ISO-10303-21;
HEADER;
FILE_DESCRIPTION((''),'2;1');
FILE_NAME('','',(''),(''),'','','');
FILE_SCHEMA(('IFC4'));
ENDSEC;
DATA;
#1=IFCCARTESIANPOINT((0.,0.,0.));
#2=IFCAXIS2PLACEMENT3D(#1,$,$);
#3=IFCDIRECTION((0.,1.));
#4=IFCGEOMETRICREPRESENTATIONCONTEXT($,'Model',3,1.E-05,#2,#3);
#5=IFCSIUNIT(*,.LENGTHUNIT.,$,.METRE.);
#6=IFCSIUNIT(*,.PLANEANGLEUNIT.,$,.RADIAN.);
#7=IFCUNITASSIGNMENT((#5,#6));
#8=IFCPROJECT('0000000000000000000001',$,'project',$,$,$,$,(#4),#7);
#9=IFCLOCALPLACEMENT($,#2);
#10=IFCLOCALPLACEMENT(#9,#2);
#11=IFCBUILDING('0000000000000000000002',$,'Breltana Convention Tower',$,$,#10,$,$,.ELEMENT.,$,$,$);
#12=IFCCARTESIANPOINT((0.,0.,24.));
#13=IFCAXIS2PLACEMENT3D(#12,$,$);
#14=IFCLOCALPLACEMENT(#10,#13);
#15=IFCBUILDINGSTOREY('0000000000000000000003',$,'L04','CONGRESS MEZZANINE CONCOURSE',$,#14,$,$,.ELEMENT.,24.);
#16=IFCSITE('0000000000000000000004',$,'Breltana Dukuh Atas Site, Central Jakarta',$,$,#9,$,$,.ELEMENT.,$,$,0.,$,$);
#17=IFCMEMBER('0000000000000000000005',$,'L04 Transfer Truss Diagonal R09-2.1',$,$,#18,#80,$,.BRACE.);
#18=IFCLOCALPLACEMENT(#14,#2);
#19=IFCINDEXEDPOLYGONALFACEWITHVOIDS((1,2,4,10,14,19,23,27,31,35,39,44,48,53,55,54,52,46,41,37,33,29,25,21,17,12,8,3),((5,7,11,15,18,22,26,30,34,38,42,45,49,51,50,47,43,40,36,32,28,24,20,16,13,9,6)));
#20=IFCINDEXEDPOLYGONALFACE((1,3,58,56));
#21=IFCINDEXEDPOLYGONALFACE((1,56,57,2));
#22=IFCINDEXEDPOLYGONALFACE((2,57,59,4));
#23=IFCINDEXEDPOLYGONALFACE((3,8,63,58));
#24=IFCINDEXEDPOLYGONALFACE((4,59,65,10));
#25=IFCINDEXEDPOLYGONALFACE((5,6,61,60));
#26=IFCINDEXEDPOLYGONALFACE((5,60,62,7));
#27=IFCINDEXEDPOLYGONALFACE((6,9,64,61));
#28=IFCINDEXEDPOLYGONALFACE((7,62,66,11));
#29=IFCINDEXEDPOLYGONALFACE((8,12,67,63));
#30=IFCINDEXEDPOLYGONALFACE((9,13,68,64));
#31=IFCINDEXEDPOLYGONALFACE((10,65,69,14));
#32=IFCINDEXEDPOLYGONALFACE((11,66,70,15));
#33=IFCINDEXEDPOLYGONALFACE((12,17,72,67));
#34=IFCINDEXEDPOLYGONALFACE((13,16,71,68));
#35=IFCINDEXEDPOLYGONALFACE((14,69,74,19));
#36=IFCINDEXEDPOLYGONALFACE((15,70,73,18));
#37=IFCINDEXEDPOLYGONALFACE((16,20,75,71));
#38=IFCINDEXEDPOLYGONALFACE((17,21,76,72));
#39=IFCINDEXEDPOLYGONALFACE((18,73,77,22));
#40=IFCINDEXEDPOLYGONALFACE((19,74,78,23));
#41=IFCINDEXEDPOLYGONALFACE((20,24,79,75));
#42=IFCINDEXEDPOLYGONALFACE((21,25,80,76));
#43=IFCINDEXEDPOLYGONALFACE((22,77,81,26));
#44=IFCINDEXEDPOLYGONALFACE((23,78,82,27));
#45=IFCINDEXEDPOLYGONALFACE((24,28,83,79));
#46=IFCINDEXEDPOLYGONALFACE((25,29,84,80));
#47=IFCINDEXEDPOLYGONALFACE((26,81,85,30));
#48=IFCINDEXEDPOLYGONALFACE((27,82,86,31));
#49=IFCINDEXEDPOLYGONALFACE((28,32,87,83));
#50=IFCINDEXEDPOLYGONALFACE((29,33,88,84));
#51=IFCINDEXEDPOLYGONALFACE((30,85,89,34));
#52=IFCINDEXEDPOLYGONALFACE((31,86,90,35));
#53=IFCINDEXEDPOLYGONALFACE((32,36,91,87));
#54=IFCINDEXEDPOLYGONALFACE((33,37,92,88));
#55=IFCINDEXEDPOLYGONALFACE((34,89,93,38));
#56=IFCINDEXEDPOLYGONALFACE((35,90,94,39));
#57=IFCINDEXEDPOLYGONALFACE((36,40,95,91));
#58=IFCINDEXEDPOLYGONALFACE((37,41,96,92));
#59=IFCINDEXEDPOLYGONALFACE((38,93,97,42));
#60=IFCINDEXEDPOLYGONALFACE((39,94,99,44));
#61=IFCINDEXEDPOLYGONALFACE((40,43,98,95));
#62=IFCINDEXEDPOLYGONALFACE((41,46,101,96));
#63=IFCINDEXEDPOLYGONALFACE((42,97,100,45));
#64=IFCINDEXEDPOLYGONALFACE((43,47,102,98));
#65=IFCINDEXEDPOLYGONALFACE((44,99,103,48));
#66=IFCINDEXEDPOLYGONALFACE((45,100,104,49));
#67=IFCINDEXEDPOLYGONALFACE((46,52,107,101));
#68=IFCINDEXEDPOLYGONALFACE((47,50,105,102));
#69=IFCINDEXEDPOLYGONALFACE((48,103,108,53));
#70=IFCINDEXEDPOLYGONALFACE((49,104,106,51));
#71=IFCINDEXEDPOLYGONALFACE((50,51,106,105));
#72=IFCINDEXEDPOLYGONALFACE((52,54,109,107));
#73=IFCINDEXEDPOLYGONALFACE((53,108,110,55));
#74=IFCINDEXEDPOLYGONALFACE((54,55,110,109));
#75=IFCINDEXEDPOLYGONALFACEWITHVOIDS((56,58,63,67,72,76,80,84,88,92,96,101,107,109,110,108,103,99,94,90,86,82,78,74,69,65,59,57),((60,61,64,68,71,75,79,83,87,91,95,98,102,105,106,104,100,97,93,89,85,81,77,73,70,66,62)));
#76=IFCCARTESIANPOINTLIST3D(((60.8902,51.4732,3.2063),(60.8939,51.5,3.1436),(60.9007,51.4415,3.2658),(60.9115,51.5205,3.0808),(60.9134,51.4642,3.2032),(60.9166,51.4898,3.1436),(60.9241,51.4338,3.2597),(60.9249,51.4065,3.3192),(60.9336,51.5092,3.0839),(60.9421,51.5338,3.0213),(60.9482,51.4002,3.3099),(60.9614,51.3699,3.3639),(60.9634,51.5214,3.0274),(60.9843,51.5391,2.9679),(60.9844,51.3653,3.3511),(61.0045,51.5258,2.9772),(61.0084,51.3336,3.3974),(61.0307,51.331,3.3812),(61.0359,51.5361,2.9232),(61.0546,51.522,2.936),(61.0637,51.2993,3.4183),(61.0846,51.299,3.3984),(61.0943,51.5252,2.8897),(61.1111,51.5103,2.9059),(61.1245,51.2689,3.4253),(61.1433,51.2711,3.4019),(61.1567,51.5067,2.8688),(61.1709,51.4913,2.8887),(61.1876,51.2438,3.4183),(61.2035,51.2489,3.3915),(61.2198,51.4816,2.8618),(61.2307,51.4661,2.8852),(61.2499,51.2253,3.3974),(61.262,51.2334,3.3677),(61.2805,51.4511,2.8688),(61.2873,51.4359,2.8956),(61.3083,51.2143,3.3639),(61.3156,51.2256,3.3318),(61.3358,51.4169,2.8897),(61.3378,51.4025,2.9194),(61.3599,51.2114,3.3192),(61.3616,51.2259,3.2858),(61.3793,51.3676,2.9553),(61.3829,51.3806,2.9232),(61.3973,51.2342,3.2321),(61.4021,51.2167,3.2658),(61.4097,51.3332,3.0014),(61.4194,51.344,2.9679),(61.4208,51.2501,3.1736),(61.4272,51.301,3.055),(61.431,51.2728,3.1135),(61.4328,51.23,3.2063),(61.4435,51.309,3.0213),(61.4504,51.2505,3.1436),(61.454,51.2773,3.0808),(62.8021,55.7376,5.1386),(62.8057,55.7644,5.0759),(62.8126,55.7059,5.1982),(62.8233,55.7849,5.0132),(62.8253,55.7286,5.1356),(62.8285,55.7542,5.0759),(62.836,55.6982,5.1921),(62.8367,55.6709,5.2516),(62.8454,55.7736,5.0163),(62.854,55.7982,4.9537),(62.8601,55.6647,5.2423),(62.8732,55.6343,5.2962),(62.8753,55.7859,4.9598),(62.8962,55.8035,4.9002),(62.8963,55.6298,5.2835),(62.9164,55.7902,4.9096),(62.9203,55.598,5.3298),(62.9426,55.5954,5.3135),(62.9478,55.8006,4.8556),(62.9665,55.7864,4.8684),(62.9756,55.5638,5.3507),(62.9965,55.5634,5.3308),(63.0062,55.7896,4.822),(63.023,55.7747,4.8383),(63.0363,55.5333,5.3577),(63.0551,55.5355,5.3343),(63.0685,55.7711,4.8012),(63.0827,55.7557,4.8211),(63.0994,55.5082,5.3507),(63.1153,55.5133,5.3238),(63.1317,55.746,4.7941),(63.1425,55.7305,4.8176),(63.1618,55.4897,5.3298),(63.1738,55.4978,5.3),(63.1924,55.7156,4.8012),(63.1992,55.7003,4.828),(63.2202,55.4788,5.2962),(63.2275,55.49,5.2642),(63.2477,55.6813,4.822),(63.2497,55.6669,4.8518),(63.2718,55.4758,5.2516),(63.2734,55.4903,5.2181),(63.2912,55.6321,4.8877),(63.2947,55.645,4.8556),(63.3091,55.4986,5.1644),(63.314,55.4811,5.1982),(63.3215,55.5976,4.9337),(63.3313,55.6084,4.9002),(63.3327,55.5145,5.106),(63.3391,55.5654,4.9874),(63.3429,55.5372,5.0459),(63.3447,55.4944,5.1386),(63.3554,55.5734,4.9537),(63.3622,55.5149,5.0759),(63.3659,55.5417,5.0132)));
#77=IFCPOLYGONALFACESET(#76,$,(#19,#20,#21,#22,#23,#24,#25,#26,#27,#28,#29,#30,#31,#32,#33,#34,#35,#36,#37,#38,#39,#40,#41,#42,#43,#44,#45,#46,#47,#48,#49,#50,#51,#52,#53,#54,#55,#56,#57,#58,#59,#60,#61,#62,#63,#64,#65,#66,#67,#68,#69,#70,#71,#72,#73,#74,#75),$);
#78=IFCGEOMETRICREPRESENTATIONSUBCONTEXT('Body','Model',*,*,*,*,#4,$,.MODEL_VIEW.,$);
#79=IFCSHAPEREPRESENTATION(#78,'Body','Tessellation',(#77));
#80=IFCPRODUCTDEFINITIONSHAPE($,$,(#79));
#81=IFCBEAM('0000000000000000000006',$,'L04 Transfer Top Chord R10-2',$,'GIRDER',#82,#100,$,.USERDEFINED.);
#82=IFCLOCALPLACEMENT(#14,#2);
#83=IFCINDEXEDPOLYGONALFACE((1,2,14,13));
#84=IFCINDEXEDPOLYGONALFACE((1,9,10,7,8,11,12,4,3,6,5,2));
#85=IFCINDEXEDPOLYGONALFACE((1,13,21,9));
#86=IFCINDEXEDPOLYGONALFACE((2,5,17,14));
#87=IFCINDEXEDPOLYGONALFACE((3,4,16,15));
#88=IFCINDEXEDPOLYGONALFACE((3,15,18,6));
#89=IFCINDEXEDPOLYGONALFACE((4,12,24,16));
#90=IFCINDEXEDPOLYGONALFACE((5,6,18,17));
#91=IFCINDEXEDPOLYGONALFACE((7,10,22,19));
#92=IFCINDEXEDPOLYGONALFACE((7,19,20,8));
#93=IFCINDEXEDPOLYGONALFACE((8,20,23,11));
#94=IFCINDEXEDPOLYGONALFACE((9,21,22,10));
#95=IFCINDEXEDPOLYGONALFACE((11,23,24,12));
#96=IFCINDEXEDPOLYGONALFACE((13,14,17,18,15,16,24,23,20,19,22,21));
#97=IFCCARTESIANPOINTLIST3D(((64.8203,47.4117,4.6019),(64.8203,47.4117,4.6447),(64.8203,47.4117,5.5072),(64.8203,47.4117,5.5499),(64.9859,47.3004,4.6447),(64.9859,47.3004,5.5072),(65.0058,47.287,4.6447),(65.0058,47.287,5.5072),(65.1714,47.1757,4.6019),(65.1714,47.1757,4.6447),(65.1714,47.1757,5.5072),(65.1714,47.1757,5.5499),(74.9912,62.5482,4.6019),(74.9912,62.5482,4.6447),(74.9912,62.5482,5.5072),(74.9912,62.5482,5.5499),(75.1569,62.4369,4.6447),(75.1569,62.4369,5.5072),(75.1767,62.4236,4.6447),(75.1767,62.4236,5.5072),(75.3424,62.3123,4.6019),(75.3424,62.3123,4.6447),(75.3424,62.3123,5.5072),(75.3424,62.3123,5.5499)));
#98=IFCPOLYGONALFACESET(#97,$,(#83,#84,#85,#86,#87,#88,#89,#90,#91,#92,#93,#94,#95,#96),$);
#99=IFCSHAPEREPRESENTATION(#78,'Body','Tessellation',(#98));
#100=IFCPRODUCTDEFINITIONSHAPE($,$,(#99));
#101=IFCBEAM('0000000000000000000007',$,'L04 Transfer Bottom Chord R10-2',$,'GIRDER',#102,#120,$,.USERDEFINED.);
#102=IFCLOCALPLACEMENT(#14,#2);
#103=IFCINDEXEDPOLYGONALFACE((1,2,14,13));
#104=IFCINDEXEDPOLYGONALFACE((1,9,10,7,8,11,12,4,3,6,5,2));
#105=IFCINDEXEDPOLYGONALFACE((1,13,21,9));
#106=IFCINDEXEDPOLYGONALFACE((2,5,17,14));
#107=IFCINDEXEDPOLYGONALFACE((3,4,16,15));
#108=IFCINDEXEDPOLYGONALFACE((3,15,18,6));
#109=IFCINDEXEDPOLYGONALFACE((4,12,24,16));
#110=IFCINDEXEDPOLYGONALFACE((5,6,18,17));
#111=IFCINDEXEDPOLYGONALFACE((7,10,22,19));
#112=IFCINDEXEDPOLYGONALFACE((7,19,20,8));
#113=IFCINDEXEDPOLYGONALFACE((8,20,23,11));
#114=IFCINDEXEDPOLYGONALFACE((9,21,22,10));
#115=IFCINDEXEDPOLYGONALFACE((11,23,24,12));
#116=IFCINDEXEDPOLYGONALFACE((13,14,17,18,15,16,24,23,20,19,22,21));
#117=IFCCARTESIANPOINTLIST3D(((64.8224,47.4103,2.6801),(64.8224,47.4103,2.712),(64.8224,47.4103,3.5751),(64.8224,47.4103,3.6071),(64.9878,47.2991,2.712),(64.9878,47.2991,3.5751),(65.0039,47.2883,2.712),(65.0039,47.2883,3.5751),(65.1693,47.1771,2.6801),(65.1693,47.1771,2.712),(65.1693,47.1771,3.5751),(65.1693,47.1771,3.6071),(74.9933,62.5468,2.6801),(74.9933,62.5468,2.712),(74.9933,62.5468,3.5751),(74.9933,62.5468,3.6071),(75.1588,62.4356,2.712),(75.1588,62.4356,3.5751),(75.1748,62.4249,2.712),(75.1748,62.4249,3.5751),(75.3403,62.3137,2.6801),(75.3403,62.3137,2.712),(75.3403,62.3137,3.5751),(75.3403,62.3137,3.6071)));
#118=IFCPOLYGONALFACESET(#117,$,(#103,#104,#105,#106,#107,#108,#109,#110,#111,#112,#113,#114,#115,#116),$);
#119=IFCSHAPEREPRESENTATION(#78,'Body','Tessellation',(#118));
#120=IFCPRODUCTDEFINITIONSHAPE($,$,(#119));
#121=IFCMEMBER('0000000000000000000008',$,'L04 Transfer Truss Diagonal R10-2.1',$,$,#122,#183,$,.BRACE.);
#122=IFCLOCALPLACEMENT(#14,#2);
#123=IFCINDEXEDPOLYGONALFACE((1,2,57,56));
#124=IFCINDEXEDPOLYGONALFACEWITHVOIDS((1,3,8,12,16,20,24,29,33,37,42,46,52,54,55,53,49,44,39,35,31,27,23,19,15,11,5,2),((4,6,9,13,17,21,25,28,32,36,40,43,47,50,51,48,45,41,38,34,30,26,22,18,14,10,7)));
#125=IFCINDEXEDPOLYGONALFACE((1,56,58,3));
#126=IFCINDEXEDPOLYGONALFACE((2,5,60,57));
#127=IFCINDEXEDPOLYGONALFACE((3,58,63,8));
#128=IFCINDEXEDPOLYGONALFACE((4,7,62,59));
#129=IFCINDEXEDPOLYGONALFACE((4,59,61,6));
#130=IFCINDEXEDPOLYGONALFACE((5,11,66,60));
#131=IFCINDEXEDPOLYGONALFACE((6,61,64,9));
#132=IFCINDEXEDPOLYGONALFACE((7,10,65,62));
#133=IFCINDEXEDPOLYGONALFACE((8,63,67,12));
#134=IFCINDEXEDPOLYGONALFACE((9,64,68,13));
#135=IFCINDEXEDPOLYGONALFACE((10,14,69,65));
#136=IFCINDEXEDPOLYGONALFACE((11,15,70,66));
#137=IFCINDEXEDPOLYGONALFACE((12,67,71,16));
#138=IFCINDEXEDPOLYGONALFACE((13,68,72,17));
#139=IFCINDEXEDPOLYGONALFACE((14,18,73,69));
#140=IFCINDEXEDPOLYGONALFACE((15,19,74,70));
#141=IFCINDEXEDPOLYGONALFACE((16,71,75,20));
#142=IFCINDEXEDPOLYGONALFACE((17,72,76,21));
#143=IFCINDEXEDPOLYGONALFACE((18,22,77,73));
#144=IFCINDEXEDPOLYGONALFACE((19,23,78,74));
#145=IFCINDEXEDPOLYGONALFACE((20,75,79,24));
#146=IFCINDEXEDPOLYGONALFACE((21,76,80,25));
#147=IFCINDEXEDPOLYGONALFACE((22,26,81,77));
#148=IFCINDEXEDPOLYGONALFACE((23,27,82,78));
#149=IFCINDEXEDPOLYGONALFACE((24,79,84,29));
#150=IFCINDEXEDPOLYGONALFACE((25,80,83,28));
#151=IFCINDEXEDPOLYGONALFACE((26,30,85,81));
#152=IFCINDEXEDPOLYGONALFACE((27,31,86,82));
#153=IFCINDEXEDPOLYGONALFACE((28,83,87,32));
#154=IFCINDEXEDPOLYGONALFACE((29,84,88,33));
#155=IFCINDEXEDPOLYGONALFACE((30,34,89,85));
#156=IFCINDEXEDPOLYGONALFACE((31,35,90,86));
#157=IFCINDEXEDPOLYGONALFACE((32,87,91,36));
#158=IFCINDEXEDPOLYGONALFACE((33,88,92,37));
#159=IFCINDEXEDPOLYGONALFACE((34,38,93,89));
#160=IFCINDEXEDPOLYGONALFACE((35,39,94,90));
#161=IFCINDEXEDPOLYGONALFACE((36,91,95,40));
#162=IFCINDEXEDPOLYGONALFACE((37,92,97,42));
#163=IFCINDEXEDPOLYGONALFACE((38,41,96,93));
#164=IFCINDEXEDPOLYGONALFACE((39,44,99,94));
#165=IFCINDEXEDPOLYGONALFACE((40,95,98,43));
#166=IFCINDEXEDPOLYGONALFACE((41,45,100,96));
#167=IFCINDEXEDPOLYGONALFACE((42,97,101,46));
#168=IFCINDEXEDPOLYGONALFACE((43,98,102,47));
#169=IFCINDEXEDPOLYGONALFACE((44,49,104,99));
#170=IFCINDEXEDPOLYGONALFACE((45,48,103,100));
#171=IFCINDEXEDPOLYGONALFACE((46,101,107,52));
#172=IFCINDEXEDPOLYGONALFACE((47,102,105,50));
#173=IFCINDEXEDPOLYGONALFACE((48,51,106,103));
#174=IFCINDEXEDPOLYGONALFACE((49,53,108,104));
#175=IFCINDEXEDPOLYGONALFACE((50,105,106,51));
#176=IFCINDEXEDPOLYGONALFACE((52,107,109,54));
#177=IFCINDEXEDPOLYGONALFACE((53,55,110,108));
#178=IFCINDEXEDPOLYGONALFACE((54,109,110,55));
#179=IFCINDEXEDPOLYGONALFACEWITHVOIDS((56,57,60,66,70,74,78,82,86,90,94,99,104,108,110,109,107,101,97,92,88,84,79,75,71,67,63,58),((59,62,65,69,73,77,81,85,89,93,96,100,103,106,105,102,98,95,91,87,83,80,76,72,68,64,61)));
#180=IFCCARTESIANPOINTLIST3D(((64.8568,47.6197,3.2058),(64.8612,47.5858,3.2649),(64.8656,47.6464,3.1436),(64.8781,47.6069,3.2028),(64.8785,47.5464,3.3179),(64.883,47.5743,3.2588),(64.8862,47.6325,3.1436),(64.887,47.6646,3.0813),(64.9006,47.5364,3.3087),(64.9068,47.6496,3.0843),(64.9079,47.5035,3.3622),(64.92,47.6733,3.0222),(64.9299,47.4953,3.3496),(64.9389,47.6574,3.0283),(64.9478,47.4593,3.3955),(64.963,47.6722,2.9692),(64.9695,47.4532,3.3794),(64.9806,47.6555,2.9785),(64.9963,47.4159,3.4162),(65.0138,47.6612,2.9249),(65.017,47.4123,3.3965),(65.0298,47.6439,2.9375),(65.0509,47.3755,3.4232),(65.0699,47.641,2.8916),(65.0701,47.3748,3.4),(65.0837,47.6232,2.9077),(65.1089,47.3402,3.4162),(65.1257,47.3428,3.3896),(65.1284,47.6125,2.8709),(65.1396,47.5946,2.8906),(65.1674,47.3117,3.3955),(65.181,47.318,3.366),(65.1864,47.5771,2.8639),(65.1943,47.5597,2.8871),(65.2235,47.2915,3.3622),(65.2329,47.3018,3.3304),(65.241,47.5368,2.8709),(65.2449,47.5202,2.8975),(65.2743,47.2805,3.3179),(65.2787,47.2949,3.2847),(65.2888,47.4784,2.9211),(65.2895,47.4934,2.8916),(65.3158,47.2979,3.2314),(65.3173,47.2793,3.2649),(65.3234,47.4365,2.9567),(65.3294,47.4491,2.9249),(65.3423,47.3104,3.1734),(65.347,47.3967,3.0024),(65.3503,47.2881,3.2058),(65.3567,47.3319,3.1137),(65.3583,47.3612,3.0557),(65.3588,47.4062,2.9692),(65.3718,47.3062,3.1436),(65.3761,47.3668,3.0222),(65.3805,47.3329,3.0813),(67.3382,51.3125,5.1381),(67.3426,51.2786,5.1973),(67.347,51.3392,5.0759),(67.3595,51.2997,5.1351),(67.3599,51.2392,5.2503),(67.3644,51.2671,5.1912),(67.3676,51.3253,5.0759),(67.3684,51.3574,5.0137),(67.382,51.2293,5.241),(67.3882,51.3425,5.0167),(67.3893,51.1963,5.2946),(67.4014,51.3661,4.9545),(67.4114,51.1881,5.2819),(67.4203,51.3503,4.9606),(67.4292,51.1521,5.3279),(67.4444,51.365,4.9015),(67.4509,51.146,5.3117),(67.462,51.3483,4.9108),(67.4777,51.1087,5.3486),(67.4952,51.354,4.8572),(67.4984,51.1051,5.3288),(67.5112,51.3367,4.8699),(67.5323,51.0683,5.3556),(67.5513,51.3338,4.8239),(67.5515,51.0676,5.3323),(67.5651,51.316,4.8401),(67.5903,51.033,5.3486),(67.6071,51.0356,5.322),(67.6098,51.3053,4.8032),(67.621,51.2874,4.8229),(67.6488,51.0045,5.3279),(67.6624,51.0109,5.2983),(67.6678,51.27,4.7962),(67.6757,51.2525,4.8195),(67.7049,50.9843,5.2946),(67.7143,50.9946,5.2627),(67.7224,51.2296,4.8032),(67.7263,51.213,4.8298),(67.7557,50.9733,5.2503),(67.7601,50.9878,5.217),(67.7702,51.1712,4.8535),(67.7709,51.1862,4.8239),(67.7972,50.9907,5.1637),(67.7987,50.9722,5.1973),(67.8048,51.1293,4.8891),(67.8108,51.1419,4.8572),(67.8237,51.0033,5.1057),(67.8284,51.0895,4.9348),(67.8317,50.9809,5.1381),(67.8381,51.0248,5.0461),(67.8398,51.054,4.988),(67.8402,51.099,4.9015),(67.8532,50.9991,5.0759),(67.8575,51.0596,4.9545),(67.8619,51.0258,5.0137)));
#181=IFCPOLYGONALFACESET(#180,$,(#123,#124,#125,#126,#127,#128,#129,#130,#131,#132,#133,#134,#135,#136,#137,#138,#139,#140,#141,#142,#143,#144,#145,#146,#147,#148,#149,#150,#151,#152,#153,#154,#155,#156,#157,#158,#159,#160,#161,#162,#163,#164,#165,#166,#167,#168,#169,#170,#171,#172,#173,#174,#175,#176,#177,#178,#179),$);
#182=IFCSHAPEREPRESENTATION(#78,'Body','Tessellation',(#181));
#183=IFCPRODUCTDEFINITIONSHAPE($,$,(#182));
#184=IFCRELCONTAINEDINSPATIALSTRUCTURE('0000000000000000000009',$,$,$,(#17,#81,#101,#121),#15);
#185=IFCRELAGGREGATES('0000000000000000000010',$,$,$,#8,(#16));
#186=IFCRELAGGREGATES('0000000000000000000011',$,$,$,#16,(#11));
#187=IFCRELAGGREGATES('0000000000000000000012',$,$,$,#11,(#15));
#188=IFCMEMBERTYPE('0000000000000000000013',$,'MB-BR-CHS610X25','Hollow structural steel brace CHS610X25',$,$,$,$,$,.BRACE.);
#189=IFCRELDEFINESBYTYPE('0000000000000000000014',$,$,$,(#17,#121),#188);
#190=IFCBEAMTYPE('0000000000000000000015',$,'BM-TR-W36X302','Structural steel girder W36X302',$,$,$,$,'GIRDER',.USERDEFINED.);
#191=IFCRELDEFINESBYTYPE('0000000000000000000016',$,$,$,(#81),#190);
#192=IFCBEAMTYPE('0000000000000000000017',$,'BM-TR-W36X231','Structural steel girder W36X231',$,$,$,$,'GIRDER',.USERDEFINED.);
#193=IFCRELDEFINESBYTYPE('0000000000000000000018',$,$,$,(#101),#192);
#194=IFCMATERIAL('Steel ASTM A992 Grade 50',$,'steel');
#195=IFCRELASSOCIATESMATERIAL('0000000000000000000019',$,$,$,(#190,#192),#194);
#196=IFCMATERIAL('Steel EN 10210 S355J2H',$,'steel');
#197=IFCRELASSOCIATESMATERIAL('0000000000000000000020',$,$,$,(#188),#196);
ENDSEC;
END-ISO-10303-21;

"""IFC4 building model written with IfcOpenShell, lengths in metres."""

from ifc_helpers import new_model, si_unit, direction, frame, origin, origin_2d, place, context, subcontext, project, spatial, hollow_circle, i_section, extrude, source, transform, mapped, material, material_profile, profile_set, type_object, element, save


model = new_model("IFC4")

# Units and contexts
model_context = context("Model", 3, precision=1e-05, world=origin(), true_north=direction((0.0, 1.0)))
body_context = subcontext(model_context, "Body", "Model", "MODEL_VIEW")
ifc_project = project(units=[si_unit("LENGTHUNIT", "METRE"), si_unit("PLANEANGLEUNIT", "RADIAN")], contexts=[model_context])

# Site, building, storey
site_placement = place(None, origin())
site = spatial("IfcSite", under=ifc_project, at=site_placement, Name="Breltana Dukuh Atas Site, Central Jakarta", CompositionType="ELEMENT", RefElevation=0.0)
building_placement = place(site_placement, origin())
building = spatial("IfcBuilding", under=site, at=building_placement, Name="Breltana Convention Tower", CompositionType="ELEMENT")
storey_placement = place(building_placement, frame((0.0, 0.0, 24.0)))
storey = spatial("IfcBuildingStorey", under=building, at=storey_placement, Name="L04", Description="CONGRESS MEZZANINE CONCOURSE", CompositionType="ELEMENT", Elevation=24.0)

# Shared definitions
ifc_material_1 = material(Name="Steel ASTM A992 Grade 50", Category="steel")
ifc_material_2 = material(Name="Steel EN 10210 S355J2H", Category="steel")

# Shared definitions
ifc_material_profile_1 = material_profile(ifc_material_1, i_section(OverallWidth=0.4231, OverallDepth=0.948, WebThickness=0.0239, FlangeThickness=0.0427, at=origin_2d()), Name="W36X302")
ifc_profile_set_1 = profile_set([ifc_material_profile_1], Name="Steel ASTM A992 Grade 50")
beam_type_1 = type_object("IfcBeamType", Name="BM-TR-W36X302", Description="Structural steel girder W36X302", ElementType="GIRDER", PredefinedType="USERDEFINED", material=ifc_profile_set_1)
ifc_material_profile_2 = material_profile(ifc_material_1, i_section(OverallWidth=0.418, OverallDepth=0.927, WebThickness=0.0193, FlangeThickness=0.032, at=origin_2d()), Name="W36X231")
ifc_profile_set_2 = profile_set([ifc_material_profile_2], Name="Steel ASTM A992 Grade 50")
beam_type_2 = type_object("IfcBeamType", Name="BM-TR-W36X231", Description="Structural steel girder W36X231", ElementType="GIRDER", PredefinedType="USERDEFINED", material=ifc_profile_set_2)

# Shared definitions
ifc_material_profile_3 = material_profile(ifc_material_2, hollow_circle(Radius=0.3049, WallThickness=0.0249, at=origin_2d()), Name="CHS610X25")
ifc_profile_set_3 = profile_set([ifc_material_profile_3], Name="Steel EN 10210 S355J2H")
member_type_1 = type_object("IfcMemberType", Name="MB-BR-CHS610X25", Description="Hollow structural steel brace CHS610X25", PredefinedType="BRACE", material=ifc_profile_set_3)

# Member
shared_shape_1 = source(origin(), body_context, "Body", "SweptSolid", [
    extrude(hollow_circle(Radius=0.3049, WallThickness=0.0249, at=origin_2d()), origin(), (0.0, 0.0, 1.0), 5.0571),
])
member_1_placement = place(storey_placement, frame((61.1721, 51.3752, 3.1436), z_axis=(0.378054, 0.843248, 0.38211), x_axis=(-0.91249, 0.409098, 0.0)))
element("IfcMember", 1, at=member_1_placement, inside=storey, type_object=member_type_1, Name="L04 Transfer Truss Diagonal R09-2.1", PredefinedType="BRACE", context=body_context, shape_type="MappedRepresentation", body=[
    mapped(shared_shape_1, transform((0.0, 0.0, 0.0), scale=1.0)),
])

# Beams
shared_shape_2 = source(origin(), body_context, "Body", "SweptSolid", [
    extrude(i_section(OverallWidth=0.4231, OverallDepth=0.948, WebThickness=0.0239, FlangeThickness=0.0427, at=origin_2d()), origin(), (0.0, 0.0, 1.0), 18.2363),
])
beam_1_placement = place(storey_placement, frame((64.9958, 47.2937, 5.0759), z_axis=(0.55773, 0.830022, 0.0), x_axis=(-0.830022, 0.55773, 0.0)))
element("IfcBeam", 2, at=beam_1_placement, inside=storey, type_object=beam_type_1, Name="L04 Transfer Top Chord R10-2", ObjectType="GIRDER", PredefinedType="USERDEFINED", context=body_context, shape_type="MappedRepresentation", body=[
    mapped(shared_shape_2, transform((0.0, 0.0, 0.0), scale=1.0)),
])
shared_shape_3 = source(origin(), body_context, "Body", "SweptSolid", [
    extrude(i_section(OverallWidth=0.418, OverallDepth=0.927, WebThickness=0.0193, FlangeThickness=0.032, at=origin_2d()), origin(), (0.0, 0.0, 1.0), 18.2363),
])
beam_2_placement = place(storey_placement, frame((64.9958, 47.2937, 3.1436), z_axis=(0.55773, 0.830022, 0.0), x_axis=(-0.830022, 0.55773, 0.0)))
element("IfcBeam", 3, at=beam_2_placement, inside=storey, type_object=beam_type_2, Name="L04 Transfer Bottom Chord R10-2", ObjectType="GIRDER", PredefinedType="USERDEFINED", context=body_context, shape_type="MappedRepresentation", body=[
    mapped(shared_shape_3, transform((0.0, 0.0, 0.0), scale=1.0)),
])

# Member
shared_shape_4 = source(origin(), body_context, "Body", "SweptSolid", [
    extrude(hollow_circle(Radius=0.3049, WallThickness=0.0249, at=origin_2d()), origin(), (0.0, 0.0, 1.0), 4.8506),
])
member_2_placement = place(storey_placement, frame((65.1187, 47.4763, 3.1436), z_axis=(0.511568, 0.761313, 0.398373), x_axis=(-0.830019, 0.557736, 0.0)))
element("IfcMember", 4, at=member_2_placement, inside=storey, type_object=member_type_1, Name="L04 Transfer Truss Diagonal R10-2.1", PredefinedType="BRACE", context=body_context, shape_type="MappedRepresentation", body=[
    mapped(shared_shape_4, transform((0.0, 0.0, 0.0), scale=1.0)),
])

save(model, "model.ifc")
